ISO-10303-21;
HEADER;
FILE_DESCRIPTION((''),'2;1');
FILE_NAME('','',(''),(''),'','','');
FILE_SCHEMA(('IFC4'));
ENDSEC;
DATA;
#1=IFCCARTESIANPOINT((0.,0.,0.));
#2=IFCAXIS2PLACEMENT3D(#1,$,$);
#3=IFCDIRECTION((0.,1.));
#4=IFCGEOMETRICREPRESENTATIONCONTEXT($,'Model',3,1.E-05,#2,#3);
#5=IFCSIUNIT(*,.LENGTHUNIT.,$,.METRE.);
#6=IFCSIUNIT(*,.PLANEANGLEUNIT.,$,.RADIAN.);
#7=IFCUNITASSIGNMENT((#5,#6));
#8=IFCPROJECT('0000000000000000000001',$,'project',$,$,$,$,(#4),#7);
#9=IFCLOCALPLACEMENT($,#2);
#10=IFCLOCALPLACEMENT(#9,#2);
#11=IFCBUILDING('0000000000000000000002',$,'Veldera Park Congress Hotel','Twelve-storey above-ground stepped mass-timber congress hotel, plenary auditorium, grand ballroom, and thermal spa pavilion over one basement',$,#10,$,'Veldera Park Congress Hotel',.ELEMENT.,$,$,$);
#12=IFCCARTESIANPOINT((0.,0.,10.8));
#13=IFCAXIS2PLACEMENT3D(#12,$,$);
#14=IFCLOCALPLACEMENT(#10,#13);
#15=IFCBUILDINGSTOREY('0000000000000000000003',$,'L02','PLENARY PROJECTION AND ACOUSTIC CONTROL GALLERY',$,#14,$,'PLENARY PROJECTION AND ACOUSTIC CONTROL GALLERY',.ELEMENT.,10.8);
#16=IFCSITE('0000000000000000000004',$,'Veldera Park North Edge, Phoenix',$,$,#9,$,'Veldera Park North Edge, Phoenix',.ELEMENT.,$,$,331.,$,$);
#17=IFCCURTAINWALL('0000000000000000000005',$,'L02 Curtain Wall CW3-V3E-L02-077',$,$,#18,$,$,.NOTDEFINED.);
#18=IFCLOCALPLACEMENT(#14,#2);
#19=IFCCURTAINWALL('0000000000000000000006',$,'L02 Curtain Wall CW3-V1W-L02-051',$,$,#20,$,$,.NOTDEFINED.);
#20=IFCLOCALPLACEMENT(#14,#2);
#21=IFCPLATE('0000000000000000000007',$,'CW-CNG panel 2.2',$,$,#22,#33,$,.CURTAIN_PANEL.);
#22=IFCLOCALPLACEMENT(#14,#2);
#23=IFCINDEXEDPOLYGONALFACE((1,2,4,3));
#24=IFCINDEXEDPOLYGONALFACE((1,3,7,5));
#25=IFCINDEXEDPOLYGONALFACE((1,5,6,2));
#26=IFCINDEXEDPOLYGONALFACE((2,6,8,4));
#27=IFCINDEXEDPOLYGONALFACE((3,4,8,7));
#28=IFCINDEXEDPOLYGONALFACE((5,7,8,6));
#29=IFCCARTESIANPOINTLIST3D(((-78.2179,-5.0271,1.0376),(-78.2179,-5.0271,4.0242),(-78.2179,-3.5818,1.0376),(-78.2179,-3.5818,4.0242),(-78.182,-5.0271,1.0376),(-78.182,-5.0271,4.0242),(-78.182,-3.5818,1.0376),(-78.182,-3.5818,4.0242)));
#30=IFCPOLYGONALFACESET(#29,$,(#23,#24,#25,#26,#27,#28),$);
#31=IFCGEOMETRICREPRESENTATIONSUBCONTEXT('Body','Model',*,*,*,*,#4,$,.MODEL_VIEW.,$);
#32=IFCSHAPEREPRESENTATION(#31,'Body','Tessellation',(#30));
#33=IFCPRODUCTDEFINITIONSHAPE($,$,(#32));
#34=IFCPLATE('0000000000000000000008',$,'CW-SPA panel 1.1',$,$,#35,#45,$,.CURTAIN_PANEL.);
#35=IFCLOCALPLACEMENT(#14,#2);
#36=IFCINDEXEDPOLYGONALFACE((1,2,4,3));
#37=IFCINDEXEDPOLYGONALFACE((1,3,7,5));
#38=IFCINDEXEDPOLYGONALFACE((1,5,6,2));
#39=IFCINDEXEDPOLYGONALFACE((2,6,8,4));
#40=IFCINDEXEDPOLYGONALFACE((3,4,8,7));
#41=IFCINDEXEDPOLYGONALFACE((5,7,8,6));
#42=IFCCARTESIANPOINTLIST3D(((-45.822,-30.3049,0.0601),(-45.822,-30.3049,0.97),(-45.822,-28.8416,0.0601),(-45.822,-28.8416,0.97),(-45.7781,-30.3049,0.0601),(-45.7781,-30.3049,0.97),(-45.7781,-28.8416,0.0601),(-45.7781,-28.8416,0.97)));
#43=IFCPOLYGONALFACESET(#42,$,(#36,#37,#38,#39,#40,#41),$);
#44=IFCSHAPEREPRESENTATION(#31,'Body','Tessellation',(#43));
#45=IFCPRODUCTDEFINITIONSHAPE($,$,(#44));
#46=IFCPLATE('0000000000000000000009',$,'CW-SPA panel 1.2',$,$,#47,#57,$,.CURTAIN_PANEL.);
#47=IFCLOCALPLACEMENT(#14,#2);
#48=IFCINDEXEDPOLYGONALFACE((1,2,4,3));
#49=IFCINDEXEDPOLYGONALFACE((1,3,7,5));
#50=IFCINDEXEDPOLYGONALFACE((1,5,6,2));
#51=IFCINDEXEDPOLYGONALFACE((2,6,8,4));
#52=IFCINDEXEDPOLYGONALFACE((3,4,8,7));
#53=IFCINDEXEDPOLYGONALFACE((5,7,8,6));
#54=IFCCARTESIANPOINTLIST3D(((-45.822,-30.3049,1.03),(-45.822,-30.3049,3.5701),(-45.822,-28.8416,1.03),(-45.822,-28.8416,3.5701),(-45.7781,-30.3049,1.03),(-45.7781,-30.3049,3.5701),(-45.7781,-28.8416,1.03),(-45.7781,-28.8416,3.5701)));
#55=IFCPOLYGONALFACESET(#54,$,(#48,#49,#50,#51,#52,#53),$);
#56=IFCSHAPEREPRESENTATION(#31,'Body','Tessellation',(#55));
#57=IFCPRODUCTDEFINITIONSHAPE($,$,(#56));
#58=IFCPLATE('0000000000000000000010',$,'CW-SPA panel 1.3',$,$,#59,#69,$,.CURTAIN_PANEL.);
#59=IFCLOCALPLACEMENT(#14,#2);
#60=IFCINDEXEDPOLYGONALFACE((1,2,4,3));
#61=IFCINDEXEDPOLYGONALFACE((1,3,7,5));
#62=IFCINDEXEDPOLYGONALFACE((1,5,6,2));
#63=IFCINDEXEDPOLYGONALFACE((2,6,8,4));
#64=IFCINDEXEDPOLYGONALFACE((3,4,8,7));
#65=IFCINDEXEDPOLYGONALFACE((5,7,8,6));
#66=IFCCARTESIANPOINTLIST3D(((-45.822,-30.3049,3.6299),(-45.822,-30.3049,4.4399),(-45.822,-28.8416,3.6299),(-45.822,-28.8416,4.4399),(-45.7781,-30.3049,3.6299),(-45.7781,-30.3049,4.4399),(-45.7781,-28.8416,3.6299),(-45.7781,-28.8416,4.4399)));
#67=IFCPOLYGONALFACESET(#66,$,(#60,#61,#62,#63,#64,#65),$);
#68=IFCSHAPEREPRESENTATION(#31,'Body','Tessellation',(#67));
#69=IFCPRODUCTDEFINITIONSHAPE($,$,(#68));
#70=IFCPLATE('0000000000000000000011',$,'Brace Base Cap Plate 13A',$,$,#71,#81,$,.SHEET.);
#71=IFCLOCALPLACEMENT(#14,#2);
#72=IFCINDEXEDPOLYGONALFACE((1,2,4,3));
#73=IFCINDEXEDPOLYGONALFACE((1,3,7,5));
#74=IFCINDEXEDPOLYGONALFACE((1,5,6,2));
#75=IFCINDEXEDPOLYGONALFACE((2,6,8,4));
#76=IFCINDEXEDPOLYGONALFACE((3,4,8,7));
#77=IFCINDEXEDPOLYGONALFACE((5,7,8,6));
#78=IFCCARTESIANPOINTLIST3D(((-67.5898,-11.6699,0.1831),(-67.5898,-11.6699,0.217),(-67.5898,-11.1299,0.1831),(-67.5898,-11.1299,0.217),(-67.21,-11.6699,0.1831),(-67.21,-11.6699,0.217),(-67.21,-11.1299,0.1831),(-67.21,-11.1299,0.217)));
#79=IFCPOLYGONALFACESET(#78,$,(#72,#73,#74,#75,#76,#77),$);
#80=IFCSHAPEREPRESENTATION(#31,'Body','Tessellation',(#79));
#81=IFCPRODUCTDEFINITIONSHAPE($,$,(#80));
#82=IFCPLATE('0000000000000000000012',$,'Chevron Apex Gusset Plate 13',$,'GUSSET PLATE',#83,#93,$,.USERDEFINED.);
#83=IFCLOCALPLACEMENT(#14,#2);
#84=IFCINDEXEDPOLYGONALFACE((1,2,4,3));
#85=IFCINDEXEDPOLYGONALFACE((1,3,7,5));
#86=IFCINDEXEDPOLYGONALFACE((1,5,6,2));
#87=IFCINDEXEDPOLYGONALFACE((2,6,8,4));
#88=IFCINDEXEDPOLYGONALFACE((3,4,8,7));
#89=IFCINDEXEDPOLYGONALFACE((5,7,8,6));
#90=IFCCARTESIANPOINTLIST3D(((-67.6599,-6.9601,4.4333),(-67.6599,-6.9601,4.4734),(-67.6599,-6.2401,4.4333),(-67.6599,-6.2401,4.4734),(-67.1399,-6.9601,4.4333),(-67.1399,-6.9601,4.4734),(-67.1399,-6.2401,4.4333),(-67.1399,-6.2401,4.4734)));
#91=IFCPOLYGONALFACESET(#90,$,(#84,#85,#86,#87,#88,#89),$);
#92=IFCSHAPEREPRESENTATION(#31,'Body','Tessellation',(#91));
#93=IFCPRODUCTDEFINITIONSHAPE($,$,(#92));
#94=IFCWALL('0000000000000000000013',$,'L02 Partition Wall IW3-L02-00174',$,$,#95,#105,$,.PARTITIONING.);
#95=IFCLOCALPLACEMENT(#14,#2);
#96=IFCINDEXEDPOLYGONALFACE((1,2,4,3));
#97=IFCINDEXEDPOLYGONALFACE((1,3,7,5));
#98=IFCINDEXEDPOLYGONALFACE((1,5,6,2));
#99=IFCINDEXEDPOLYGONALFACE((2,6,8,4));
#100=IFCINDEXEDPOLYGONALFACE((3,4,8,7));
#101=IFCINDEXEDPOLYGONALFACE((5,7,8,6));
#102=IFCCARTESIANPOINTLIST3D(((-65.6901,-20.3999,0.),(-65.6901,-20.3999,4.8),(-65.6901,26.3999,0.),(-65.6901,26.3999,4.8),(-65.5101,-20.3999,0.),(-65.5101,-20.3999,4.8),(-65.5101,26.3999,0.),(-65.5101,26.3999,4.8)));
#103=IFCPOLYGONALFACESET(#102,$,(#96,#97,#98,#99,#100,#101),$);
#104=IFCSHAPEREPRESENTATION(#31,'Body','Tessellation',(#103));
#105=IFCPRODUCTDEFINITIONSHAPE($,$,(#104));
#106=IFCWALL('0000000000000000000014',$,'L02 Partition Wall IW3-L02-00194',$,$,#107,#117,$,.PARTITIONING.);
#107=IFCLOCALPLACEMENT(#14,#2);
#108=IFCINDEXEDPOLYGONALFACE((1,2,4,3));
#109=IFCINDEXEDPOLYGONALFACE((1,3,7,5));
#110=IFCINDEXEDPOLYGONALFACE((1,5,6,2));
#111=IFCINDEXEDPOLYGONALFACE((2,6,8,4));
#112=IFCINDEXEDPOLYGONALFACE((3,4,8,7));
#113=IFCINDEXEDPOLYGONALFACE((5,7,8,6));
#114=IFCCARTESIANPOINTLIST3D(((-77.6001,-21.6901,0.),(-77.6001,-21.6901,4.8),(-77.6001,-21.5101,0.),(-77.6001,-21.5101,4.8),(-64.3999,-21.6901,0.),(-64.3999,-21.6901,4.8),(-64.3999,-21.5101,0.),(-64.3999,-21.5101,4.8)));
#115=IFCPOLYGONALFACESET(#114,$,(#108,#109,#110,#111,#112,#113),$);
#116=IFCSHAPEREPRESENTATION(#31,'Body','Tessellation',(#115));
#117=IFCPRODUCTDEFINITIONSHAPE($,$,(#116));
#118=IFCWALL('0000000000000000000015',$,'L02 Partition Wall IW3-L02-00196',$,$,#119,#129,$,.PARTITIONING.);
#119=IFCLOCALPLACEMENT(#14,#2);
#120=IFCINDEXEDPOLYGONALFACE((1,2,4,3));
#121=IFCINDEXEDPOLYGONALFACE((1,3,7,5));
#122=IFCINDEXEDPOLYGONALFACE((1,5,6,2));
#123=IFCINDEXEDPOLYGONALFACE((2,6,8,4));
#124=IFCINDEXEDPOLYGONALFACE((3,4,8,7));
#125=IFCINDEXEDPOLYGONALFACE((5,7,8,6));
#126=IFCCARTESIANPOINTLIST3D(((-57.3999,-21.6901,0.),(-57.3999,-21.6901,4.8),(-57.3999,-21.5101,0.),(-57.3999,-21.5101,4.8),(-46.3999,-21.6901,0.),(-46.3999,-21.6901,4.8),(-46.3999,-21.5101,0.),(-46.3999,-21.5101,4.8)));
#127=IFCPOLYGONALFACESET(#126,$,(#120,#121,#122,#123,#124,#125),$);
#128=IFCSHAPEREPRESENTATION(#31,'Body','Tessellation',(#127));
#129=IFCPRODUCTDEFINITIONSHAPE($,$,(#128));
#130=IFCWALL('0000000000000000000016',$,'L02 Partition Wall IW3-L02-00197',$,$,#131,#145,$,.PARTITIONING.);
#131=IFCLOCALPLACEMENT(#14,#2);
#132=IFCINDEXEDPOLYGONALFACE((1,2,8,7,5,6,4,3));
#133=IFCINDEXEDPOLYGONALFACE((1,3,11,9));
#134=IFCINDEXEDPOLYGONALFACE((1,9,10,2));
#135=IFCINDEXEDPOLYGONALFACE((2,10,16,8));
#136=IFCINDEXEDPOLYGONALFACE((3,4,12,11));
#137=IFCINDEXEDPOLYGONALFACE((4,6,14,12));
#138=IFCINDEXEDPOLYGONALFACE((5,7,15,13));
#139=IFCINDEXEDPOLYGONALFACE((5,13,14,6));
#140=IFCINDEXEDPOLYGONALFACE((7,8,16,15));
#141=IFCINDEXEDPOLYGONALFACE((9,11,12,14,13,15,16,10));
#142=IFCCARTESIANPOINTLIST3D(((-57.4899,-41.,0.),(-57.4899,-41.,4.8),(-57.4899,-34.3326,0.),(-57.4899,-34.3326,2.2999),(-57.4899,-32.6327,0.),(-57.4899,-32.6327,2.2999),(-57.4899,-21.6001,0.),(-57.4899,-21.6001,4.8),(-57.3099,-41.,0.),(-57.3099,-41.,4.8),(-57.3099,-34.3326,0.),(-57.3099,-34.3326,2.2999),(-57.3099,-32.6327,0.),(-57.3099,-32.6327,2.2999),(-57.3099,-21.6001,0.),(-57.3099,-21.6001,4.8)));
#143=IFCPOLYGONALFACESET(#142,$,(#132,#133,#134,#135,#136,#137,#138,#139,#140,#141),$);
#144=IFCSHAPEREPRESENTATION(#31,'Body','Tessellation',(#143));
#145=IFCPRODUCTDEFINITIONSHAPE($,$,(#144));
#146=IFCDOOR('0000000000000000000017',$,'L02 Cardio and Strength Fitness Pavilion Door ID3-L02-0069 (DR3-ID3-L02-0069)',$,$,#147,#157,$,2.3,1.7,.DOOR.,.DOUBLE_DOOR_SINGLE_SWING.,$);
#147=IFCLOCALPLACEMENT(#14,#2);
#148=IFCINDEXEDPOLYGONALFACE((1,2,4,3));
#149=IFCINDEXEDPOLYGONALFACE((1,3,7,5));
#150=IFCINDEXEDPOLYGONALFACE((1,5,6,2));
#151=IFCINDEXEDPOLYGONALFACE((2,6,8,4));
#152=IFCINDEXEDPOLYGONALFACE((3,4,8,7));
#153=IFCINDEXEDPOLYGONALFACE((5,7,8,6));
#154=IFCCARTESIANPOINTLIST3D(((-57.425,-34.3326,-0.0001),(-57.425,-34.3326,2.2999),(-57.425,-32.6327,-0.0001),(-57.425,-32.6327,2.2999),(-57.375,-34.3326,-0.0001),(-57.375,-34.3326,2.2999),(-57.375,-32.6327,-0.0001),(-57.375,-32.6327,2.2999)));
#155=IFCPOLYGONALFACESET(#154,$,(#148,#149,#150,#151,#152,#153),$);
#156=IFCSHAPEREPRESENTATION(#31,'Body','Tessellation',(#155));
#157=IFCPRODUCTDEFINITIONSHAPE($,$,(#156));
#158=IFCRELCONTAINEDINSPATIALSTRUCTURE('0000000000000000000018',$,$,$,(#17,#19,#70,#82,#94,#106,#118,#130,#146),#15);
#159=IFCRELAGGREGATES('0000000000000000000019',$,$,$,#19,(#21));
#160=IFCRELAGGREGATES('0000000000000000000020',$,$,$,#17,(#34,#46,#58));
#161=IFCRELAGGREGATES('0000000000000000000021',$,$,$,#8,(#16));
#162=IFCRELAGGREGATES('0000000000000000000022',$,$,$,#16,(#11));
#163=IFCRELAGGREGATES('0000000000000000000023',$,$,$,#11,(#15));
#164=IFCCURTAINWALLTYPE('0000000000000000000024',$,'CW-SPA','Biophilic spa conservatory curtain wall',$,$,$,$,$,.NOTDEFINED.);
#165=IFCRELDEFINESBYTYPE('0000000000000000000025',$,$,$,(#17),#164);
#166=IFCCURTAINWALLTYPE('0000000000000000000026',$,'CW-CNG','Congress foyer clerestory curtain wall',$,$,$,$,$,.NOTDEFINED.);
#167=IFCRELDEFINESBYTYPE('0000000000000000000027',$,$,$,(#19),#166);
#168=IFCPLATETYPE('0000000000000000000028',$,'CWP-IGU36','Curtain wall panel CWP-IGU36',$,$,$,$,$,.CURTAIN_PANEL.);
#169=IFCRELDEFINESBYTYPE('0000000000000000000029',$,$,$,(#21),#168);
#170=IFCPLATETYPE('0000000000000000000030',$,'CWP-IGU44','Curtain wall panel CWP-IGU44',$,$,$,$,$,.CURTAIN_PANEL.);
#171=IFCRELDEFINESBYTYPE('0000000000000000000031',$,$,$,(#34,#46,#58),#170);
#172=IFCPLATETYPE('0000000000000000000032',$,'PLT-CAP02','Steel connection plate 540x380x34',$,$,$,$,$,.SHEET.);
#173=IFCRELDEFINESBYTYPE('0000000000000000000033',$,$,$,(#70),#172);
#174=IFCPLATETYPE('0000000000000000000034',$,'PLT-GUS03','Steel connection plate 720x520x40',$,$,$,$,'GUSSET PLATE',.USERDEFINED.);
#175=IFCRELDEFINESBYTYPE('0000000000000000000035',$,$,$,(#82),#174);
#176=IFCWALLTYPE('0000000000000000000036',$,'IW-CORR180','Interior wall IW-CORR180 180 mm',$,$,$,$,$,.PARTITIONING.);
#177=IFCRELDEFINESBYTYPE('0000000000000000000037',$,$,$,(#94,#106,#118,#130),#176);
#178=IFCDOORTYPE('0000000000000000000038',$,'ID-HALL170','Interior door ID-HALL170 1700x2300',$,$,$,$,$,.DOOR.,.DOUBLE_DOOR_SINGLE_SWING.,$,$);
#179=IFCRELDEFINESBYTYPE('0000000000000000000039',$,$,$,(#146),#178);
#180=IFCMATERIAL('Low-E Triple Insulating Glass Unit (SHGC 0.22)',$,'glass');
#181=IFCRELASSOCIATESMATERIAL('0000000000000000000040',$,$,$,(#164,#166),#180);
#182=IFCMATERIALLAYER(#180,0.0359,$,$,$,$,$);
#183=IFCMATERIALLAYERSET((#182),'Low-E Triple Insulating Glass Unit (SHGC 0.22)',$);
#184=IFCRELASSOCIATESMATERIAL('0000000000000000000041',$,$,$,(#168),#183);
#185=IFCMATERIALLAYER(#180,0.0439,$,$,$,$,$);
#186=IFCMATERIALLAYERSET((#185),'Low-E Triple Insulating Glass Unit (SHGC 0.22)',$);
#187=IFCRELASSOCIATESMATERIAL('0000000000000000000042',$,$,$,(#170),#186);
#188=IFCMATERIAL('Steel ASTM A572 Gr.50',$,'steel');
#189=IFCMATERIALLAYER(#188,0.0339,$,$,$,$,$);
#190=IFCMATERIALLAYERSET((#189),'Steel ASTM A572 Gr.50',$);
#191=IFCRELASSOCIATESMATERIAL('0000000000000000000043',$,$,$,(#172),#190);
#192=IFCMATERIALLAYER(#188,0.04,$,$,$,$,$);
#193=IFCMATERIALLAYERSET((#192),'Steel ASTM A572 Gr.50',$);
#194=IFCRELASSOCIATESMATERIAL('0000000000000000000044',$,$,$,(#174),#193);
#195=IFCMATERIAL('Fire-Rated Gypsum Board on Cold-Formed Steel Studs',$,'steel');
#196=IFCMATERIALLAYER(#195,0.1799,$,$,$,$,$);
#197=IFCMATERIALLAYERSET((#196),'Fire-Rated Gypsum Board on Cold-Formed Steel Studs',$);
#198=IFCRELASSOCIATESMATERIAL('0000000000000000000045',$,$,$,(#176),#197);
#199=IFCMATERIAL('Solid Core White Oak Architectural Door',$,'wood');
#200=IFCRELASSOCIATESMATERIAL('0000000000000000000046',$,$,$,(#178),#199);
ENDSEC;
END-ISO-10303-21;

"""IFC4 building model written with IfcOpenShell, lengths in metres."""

from ifc_helpers import new_model, si_unit, direction, frame, frame_2d, origin, origin_2d, place, context, subcontext, project, spatial, rectangle, extrude, material, layer, layer_set, type_object, element, fill, aggregate, save


model = new_model("IFC4")

# Units and contexts
model_context = context("Model", 3, precision=1e-05, world=origin(), true_north=direction((0.0, 1.0)))
body_context = subcontext(model_context, "Body", "Model", "MODEL_VIEW")
ifc_project = project(units=[si_unit("LENGTHUNIT", "METRE"), si_unit("PLANEANGLEUNIT", "RADIAN")], contexts=[model_context])

# Site, building, storey
site_placement = place(None, origin())
site = spatial("IfcSite", under=ifc_project, at=site_placement, Name="Veldera Park North Edge, Phoenix", LongName="Veldera Park North Edge, Phoenix", CompositionType="ELEMENT", RefElevation=331.0)
building_placement = place(site_placement, origin())
building = spatial("IfcBuilding", under=site, at=building_placement, Name="Veldera Park Congress Hotel", Description="Twelve-storey above-ground stepped mass-timber congress hotel, plenary auditorium, grand ballroom, and thermal spa pavilion over one basement", LongName="Veldera Park Congress Hotel", CompositionType="ELEMENT")
storey_placement = place(building_placement, frame((0.0, 0.0, 10.8)))
storey = spatial("IfcBuildingStorey", under=building, at=storey_placement, Name="L02", Description="PLENARY PROJECTION AND ACOUSTIC CONTROL GALLERY", LongName="PLENARY PROJECTION AND ACOUSTIC CONTROL GALLERY", CompositionType="ELEMENT", Elevation=10.8)

# Curtain wall
ifc_material_1 = material(Name="Low-E Triple Insulating Glass Unit (SHGC 0.22)", Category="glass")
curtain_wall_type_1 = type_object("IfcCurtainWallType", Name="CW-SPA", Description="Biophilic spa conservatory curtain wall", PredefinedType="NOTDEFINED", material=ifc_material_1)
curtain_wall_1_placement = place(storey_placement, origin())
curtain_wall_1 = element("IfcCurtainWall", 1, at=curtain_wall_1_placement, inside=storey, type_object=curtain_wall_type_1, Name="L02 Curtain Wall CW3-V3E-L02-077", PredefinedType="NOTDEFINED")

# Curtain wall, plate
curtain_wall_type_2 = type_object("IfcCurtainWallType", Name="CW-CNG", Description="Congress foyer clerestory curtain wall", PredefinedType="NOTDEFINED", material=ifc_material_1)
curtain_wall_2_placement = place(storey_placement, origin())
curtain_wall_2 = element("IfcCurtainWall", 2, at=curtain_wall_2_placement, inside=storey, type_object=curtain_wall_type_2, Name="L02 Curtain Wall CW3-V1W-L02-051", PredefinedType="NOTDEFINED")
ifc_layer_1 = layer(ifc_material_1, 0.0359)
ifc_layer_set_1 = layer_set([ifc_layer_1], Name="Low-E Triple Insulating Glass Unit (SHGC 0.22)")
plate_type_1 = type_object("IfcPlateType", Name="CWP-IGU36", Description="Curtain wall panel CWP-IGU36", PredefinedType="CURTAIN_PANEL", material=ifc_layer_set_1)
plate_1_placement = place(storey_placement, frame((-78.2, -4.3044, 1.0376), z_axis=(0.0, 0.0, 1.0), x_axis=(0.0, -1.0, 0.0)))
plate_1 = element("IfcPlate", 3, at=plate_1_placement, type_object=plate_type_1, Name="CW-CNG panel 2.2", PredefinedType="CURTAIN_PANEL", context=body_context, shape_type="SweptSolid", body=[
    extrude(rectangle(XDim=1.4453, YDim=0.0359, at=origin_2d()), origin(), (0.0, 0.0, 1.0), 2.9866),
])
aggregate(curtain_wall_2, [plate_1])

# Plates
ifc_layer_2 = layer(ifc_material_1, 0.0439)
ifc_layer_set_2 = layer_set([ifc_layer_2], Name="Low-E Triple Insulating Glass Unit (SHGC 0.22)")
plate_type_2 = type_object("IfcPlateType", Name="CWP-IGU44", Description="Curtain wall panel CWP-IGU44", PredefinedType="CURTAIN_PANEL", material=ifc_layer_set_2)
plate_2_placement = place(storey_placement, frame((-45.8, -29.5732, 0.0601), z_axis=(0.0, 0.0, 1.0), x_axis=(0.0, 1.0, 0.0)))
plate_2 = element("IfcPlate", 4, at=plate_2_placement, type_object=plate_type_2, Name="CW-SPA panel 1.1", PredefinedType="CURTAIN_PANEL", context=body_context, shape_type="SweptSolid", body=[
    extrude(rectangle(XDim=1.4634, YDim=0.0439, at=origin_2d()), origin(), (0.0, 0.0, 1.0), 0.9099),
])
plate_3_placement = place(storey_placement, frame((-45.8, -29.5732, 1.03), z_axis=(0.0, 0.0, 1.0), x_axis=(0.0, 1.0, 0.0)))
plate_3 = element("IfcPlate", 5, at=plate_3_placement, type_object=plate_type_2, Name="CW-SPA panel 1.2", PredefinedType="CURTAIN_PANEL", context=body_context, shape_type="SweptSolid", body=[
    extrude(rectangle(XDim=1.4634, YDim=0.0439, at=origin_2d()), origin(), (0.0, 0.0, 1.0), 2.54),
])
plate_4_placement = place(storey_placement, frame((-45.8, -29.5732, 3.6299), z_axis=(0.0, 0.0, 1.0), x_axis=(0.0, 1.0, 0.0)))
plate_4 = element("IfcPlate", 6, at=plate_4_placement, type_object=plate_type_2, Name="CW-SPA panel 1.3", PredefinedType="CURTAIN_PANEL", context=body_context, shape_type="SweptSolid", body=[
    extrude(rectangle(XDim=1.4634, YDim=0.0439, at=origin_2d()), origin(), (0.0, 0.0, 1.0), 0.8101),
])
aggregate(curtain_wall_1, [plate_2, plate_3, plate_4])

# Plates
ifc_material_2 = material(Name="Steel ASTM A572 Gr.50", Category="steel")
ifc_layer_3 = layer(ifc_material_2, 0.0339)
ifc_layer_set_3 = layer_set([ifc_layer_3], Name="Steel ASTM A572 Gr.50")
plate_type_3 = type_object("IfcPlateType", Name="PLT-CAP02", Description="Steel connection plate 540x380x34", PredefinedType="SHEET", material=ifc_layer_set_3)
plate_5_placement = place(storey_placement, frame((-67.3999, -11.3999, 0.1831), z_axis=(0.0, 0.0, 1.0), x_axis=(0.0, 1.0, 0.0)))
element("IfcPlate", 7, at=plate_5_placement, inside=storey, type_object=plate_type_3, Name="Brace Base Cap Plate 13A", PredefinedType="SHEET", context=body_context, shape_type="SweptSolid", body=[
    extrude(rectangle(XDim=0.54, YDim=0.3799, at=origin_2d()), origin(), (0.0, 0.0, 1.0), 0.0339),
])
ifc_layer_4 = layer(ifc_material_2, 0.04)
ifc_layer_set_4 = layer_set([ifc_layer_4], Name="Steel ASTM A572 Gr.50")
plate_type_4 = type_object("IfcPlateType", Name="PLT-GUS03", Description="Steel connection plate 720x520x40", ElementType="GUSSET PLATE", PredefinedType="USERDEFINED", material=ifc_layer_set_4)
plate_6_placement = place(storey_placement, frame((-67.3999, -6.6001, 4.4333), z_axis=(0.0, 0.0, 1.0), x_axis=(0.0, 1.0, 0.0)))
element("IfcPlate", 8, at=plate_6_placement, inside=storey, type_object=plate_type_4, Name="Chevron Apex Gusset Plate 13", ObjectType="GUSSET PLATE", PredefinedType="USERDEFINED", context=body_context, shape_type="SweptSolid", body=[
    extrude(rectangle(XDim=0.72, YDim=0.52, at=origin_2d()), origin(), (0.0, 0.0, 1.0), 0.04),
])

# Walls
ifc_material_3 = material(Name="Fire-Rated Gypsum Board on Cold-Formed Steel Studs", Category="steel")
ifc_layer_5 = layer(ifc_material_3, 0.1799)
ifc_layer_set_5 = layer_set([ifc_layer_5], Name="Fire-Rated Gypsum Board on Cold-Formed Steel Studs")
wall_type = type_object("IfcWallType", Name="IW-CORR180", Description="Interior wall IW-CORR180 180 mm", PredefinedType="PARTITIONING", material=ifc_layer_set_5)
wall_1_placement = place(storey_placement, frame((-65.6001, -20.3999, 0.0), z_axis=(0.0, 0.0, 1.0), x_axis=(0.0, 1.0, 0.0)))
element("IfcWall", 9, at=wall_1_placement, inside=storey, type_object=wall_type, Name="L02 Partition Wall IW3-L02-00174", PredefinedType="PARTITIONING", context=body_context, shape_type="SweptSolid", body=[
    extrude(rectangle(XDim=46.7998, YDim=0.1799, at=frame_2d((23.3999, 0.0))), origin(), (0.0, 0.0, 1.0), 4.8),
])
wall_2_placement = place(storey_placement, frame((-64.3999, -21.6001, 0.0), z_axis=(0.0, 0.0, 1.0), x_axis=(-1.0, 0.0, 0.0)))
element("IfcWall", 10, at=wall_2_placement, inside=storey, type_object=wall_type, Name="L02 Partition Wall IW3-L02-00194", PredefinedType="PARTITIONING", context=body_context, shape_type="SweptSolid", body=[
    extrude(rectangle(XDim=13.2002, YDim=0.1799, at=frame_2d((6.6001, 0.0))), origin(), (0.0, 0.0, 1.0), 4.8),
])
wall_3_placement = place(storey_placement, frame((-46.3999, -21.6001, 0.0), z_axis=(0.0, 0.0, 1.0), x_axis=(-1.0, 0.0, 0.0)))
element("IfcWall", 11, at=wall_3_placement, inside=storey, type_object=wall_type, Name="L02 Partition Wall IW3-L02-00196", PredefinedType="PARTITIONING", context=body_context, shape_type="SweptSolid", body=[
    extrude(rectangle(XDim=11.0, YDim=0.1799, at=frame_2d((5.5, 0.0))), origin(), (0.0, 0.0, 1.0), 4.8),
])

# Wall, opening, door
wall_4_placement = place(storey_placement, frame((-57.3999, -21.6001, 0.0), z_axis=(0.0, 0.0, 1.0), x_axis=(0.0, -1.0, 0.0)))
wall_4 = element("IfcWall", 12, at=wall_4_placement, inside=storey, type_object=wall_type, Name="L02 Partition Wall IW3-L02-00197", PredefinedType="PARTITIONING", context=body_context, shape_type="SweptSolid", body=[
    extrude(rectangle(XDim=19.3999, YDim=0.1799, at=frame_2d((9.7, 0.0))), origin(), (0.0, 0.0, 1.0), 4.8),
])
opening_placement = place(wall_4_placement, frame((11.0325, 0.0, 0.0)))
opening = element("IfcOpeningElement", 13, at=opening_placement, cuts=wall_4, PredefinedType="OPENING", context=body_context, shape_type="SweptSolid", body=[
    extrude(rectangle(XDim=1.7, YDim=2.3, at=frame_2d((0.8501, 1.1499))), frame((0.0, 0.1021, 0.0), z_axis=(0.0, -1.0, 0.0), x_axis=(1.0, 0.0, 0.0)), (0.0, 0.0, 1.0), 0.2039),
])
ifc_material_4 = material(Name="Solid Core White Oak Architectural Door", Category="wood")
door_type = type_object("IfcDoorType", Name="ID-HALL170", Description="Interior door ID-HALL170 1700x2300", OperationType="DOUBLE_DOOR_SINGLE_SWING", PredefinedType="DOOR", material=ifc_material_4)
door_placement = place(opening_placement, origin())
door = element("IfcDoor", 14, at=door_placement, inside=storey, type_object=door_type, Name="L02 Cardio and Strength Fitness Pavilion Door ID3-L02-0069 (DR3-ID3-L02-0069)", OperationType="DOUBLE_DOOR_SINGLE_SWING", OverallHeight=2.3, OverallWidth=1.7, PredefinedType="DOOR", context=body_context, shape_type="SweptSolid", body=[
    extrude(rectangle(XDim=1.7, YDim=2.3, at=frame_2d((0.8501, 1.1499))), frame((0.0, 0.0249, 0.0), z_axis=(0.0, -1.0, 0.0), x_axis=(1.0, 0.0, 0.0)), (0.0, 0.0, 1.0), 0.05),
])
fill(opening, door)

save(model, "model.ifc")
